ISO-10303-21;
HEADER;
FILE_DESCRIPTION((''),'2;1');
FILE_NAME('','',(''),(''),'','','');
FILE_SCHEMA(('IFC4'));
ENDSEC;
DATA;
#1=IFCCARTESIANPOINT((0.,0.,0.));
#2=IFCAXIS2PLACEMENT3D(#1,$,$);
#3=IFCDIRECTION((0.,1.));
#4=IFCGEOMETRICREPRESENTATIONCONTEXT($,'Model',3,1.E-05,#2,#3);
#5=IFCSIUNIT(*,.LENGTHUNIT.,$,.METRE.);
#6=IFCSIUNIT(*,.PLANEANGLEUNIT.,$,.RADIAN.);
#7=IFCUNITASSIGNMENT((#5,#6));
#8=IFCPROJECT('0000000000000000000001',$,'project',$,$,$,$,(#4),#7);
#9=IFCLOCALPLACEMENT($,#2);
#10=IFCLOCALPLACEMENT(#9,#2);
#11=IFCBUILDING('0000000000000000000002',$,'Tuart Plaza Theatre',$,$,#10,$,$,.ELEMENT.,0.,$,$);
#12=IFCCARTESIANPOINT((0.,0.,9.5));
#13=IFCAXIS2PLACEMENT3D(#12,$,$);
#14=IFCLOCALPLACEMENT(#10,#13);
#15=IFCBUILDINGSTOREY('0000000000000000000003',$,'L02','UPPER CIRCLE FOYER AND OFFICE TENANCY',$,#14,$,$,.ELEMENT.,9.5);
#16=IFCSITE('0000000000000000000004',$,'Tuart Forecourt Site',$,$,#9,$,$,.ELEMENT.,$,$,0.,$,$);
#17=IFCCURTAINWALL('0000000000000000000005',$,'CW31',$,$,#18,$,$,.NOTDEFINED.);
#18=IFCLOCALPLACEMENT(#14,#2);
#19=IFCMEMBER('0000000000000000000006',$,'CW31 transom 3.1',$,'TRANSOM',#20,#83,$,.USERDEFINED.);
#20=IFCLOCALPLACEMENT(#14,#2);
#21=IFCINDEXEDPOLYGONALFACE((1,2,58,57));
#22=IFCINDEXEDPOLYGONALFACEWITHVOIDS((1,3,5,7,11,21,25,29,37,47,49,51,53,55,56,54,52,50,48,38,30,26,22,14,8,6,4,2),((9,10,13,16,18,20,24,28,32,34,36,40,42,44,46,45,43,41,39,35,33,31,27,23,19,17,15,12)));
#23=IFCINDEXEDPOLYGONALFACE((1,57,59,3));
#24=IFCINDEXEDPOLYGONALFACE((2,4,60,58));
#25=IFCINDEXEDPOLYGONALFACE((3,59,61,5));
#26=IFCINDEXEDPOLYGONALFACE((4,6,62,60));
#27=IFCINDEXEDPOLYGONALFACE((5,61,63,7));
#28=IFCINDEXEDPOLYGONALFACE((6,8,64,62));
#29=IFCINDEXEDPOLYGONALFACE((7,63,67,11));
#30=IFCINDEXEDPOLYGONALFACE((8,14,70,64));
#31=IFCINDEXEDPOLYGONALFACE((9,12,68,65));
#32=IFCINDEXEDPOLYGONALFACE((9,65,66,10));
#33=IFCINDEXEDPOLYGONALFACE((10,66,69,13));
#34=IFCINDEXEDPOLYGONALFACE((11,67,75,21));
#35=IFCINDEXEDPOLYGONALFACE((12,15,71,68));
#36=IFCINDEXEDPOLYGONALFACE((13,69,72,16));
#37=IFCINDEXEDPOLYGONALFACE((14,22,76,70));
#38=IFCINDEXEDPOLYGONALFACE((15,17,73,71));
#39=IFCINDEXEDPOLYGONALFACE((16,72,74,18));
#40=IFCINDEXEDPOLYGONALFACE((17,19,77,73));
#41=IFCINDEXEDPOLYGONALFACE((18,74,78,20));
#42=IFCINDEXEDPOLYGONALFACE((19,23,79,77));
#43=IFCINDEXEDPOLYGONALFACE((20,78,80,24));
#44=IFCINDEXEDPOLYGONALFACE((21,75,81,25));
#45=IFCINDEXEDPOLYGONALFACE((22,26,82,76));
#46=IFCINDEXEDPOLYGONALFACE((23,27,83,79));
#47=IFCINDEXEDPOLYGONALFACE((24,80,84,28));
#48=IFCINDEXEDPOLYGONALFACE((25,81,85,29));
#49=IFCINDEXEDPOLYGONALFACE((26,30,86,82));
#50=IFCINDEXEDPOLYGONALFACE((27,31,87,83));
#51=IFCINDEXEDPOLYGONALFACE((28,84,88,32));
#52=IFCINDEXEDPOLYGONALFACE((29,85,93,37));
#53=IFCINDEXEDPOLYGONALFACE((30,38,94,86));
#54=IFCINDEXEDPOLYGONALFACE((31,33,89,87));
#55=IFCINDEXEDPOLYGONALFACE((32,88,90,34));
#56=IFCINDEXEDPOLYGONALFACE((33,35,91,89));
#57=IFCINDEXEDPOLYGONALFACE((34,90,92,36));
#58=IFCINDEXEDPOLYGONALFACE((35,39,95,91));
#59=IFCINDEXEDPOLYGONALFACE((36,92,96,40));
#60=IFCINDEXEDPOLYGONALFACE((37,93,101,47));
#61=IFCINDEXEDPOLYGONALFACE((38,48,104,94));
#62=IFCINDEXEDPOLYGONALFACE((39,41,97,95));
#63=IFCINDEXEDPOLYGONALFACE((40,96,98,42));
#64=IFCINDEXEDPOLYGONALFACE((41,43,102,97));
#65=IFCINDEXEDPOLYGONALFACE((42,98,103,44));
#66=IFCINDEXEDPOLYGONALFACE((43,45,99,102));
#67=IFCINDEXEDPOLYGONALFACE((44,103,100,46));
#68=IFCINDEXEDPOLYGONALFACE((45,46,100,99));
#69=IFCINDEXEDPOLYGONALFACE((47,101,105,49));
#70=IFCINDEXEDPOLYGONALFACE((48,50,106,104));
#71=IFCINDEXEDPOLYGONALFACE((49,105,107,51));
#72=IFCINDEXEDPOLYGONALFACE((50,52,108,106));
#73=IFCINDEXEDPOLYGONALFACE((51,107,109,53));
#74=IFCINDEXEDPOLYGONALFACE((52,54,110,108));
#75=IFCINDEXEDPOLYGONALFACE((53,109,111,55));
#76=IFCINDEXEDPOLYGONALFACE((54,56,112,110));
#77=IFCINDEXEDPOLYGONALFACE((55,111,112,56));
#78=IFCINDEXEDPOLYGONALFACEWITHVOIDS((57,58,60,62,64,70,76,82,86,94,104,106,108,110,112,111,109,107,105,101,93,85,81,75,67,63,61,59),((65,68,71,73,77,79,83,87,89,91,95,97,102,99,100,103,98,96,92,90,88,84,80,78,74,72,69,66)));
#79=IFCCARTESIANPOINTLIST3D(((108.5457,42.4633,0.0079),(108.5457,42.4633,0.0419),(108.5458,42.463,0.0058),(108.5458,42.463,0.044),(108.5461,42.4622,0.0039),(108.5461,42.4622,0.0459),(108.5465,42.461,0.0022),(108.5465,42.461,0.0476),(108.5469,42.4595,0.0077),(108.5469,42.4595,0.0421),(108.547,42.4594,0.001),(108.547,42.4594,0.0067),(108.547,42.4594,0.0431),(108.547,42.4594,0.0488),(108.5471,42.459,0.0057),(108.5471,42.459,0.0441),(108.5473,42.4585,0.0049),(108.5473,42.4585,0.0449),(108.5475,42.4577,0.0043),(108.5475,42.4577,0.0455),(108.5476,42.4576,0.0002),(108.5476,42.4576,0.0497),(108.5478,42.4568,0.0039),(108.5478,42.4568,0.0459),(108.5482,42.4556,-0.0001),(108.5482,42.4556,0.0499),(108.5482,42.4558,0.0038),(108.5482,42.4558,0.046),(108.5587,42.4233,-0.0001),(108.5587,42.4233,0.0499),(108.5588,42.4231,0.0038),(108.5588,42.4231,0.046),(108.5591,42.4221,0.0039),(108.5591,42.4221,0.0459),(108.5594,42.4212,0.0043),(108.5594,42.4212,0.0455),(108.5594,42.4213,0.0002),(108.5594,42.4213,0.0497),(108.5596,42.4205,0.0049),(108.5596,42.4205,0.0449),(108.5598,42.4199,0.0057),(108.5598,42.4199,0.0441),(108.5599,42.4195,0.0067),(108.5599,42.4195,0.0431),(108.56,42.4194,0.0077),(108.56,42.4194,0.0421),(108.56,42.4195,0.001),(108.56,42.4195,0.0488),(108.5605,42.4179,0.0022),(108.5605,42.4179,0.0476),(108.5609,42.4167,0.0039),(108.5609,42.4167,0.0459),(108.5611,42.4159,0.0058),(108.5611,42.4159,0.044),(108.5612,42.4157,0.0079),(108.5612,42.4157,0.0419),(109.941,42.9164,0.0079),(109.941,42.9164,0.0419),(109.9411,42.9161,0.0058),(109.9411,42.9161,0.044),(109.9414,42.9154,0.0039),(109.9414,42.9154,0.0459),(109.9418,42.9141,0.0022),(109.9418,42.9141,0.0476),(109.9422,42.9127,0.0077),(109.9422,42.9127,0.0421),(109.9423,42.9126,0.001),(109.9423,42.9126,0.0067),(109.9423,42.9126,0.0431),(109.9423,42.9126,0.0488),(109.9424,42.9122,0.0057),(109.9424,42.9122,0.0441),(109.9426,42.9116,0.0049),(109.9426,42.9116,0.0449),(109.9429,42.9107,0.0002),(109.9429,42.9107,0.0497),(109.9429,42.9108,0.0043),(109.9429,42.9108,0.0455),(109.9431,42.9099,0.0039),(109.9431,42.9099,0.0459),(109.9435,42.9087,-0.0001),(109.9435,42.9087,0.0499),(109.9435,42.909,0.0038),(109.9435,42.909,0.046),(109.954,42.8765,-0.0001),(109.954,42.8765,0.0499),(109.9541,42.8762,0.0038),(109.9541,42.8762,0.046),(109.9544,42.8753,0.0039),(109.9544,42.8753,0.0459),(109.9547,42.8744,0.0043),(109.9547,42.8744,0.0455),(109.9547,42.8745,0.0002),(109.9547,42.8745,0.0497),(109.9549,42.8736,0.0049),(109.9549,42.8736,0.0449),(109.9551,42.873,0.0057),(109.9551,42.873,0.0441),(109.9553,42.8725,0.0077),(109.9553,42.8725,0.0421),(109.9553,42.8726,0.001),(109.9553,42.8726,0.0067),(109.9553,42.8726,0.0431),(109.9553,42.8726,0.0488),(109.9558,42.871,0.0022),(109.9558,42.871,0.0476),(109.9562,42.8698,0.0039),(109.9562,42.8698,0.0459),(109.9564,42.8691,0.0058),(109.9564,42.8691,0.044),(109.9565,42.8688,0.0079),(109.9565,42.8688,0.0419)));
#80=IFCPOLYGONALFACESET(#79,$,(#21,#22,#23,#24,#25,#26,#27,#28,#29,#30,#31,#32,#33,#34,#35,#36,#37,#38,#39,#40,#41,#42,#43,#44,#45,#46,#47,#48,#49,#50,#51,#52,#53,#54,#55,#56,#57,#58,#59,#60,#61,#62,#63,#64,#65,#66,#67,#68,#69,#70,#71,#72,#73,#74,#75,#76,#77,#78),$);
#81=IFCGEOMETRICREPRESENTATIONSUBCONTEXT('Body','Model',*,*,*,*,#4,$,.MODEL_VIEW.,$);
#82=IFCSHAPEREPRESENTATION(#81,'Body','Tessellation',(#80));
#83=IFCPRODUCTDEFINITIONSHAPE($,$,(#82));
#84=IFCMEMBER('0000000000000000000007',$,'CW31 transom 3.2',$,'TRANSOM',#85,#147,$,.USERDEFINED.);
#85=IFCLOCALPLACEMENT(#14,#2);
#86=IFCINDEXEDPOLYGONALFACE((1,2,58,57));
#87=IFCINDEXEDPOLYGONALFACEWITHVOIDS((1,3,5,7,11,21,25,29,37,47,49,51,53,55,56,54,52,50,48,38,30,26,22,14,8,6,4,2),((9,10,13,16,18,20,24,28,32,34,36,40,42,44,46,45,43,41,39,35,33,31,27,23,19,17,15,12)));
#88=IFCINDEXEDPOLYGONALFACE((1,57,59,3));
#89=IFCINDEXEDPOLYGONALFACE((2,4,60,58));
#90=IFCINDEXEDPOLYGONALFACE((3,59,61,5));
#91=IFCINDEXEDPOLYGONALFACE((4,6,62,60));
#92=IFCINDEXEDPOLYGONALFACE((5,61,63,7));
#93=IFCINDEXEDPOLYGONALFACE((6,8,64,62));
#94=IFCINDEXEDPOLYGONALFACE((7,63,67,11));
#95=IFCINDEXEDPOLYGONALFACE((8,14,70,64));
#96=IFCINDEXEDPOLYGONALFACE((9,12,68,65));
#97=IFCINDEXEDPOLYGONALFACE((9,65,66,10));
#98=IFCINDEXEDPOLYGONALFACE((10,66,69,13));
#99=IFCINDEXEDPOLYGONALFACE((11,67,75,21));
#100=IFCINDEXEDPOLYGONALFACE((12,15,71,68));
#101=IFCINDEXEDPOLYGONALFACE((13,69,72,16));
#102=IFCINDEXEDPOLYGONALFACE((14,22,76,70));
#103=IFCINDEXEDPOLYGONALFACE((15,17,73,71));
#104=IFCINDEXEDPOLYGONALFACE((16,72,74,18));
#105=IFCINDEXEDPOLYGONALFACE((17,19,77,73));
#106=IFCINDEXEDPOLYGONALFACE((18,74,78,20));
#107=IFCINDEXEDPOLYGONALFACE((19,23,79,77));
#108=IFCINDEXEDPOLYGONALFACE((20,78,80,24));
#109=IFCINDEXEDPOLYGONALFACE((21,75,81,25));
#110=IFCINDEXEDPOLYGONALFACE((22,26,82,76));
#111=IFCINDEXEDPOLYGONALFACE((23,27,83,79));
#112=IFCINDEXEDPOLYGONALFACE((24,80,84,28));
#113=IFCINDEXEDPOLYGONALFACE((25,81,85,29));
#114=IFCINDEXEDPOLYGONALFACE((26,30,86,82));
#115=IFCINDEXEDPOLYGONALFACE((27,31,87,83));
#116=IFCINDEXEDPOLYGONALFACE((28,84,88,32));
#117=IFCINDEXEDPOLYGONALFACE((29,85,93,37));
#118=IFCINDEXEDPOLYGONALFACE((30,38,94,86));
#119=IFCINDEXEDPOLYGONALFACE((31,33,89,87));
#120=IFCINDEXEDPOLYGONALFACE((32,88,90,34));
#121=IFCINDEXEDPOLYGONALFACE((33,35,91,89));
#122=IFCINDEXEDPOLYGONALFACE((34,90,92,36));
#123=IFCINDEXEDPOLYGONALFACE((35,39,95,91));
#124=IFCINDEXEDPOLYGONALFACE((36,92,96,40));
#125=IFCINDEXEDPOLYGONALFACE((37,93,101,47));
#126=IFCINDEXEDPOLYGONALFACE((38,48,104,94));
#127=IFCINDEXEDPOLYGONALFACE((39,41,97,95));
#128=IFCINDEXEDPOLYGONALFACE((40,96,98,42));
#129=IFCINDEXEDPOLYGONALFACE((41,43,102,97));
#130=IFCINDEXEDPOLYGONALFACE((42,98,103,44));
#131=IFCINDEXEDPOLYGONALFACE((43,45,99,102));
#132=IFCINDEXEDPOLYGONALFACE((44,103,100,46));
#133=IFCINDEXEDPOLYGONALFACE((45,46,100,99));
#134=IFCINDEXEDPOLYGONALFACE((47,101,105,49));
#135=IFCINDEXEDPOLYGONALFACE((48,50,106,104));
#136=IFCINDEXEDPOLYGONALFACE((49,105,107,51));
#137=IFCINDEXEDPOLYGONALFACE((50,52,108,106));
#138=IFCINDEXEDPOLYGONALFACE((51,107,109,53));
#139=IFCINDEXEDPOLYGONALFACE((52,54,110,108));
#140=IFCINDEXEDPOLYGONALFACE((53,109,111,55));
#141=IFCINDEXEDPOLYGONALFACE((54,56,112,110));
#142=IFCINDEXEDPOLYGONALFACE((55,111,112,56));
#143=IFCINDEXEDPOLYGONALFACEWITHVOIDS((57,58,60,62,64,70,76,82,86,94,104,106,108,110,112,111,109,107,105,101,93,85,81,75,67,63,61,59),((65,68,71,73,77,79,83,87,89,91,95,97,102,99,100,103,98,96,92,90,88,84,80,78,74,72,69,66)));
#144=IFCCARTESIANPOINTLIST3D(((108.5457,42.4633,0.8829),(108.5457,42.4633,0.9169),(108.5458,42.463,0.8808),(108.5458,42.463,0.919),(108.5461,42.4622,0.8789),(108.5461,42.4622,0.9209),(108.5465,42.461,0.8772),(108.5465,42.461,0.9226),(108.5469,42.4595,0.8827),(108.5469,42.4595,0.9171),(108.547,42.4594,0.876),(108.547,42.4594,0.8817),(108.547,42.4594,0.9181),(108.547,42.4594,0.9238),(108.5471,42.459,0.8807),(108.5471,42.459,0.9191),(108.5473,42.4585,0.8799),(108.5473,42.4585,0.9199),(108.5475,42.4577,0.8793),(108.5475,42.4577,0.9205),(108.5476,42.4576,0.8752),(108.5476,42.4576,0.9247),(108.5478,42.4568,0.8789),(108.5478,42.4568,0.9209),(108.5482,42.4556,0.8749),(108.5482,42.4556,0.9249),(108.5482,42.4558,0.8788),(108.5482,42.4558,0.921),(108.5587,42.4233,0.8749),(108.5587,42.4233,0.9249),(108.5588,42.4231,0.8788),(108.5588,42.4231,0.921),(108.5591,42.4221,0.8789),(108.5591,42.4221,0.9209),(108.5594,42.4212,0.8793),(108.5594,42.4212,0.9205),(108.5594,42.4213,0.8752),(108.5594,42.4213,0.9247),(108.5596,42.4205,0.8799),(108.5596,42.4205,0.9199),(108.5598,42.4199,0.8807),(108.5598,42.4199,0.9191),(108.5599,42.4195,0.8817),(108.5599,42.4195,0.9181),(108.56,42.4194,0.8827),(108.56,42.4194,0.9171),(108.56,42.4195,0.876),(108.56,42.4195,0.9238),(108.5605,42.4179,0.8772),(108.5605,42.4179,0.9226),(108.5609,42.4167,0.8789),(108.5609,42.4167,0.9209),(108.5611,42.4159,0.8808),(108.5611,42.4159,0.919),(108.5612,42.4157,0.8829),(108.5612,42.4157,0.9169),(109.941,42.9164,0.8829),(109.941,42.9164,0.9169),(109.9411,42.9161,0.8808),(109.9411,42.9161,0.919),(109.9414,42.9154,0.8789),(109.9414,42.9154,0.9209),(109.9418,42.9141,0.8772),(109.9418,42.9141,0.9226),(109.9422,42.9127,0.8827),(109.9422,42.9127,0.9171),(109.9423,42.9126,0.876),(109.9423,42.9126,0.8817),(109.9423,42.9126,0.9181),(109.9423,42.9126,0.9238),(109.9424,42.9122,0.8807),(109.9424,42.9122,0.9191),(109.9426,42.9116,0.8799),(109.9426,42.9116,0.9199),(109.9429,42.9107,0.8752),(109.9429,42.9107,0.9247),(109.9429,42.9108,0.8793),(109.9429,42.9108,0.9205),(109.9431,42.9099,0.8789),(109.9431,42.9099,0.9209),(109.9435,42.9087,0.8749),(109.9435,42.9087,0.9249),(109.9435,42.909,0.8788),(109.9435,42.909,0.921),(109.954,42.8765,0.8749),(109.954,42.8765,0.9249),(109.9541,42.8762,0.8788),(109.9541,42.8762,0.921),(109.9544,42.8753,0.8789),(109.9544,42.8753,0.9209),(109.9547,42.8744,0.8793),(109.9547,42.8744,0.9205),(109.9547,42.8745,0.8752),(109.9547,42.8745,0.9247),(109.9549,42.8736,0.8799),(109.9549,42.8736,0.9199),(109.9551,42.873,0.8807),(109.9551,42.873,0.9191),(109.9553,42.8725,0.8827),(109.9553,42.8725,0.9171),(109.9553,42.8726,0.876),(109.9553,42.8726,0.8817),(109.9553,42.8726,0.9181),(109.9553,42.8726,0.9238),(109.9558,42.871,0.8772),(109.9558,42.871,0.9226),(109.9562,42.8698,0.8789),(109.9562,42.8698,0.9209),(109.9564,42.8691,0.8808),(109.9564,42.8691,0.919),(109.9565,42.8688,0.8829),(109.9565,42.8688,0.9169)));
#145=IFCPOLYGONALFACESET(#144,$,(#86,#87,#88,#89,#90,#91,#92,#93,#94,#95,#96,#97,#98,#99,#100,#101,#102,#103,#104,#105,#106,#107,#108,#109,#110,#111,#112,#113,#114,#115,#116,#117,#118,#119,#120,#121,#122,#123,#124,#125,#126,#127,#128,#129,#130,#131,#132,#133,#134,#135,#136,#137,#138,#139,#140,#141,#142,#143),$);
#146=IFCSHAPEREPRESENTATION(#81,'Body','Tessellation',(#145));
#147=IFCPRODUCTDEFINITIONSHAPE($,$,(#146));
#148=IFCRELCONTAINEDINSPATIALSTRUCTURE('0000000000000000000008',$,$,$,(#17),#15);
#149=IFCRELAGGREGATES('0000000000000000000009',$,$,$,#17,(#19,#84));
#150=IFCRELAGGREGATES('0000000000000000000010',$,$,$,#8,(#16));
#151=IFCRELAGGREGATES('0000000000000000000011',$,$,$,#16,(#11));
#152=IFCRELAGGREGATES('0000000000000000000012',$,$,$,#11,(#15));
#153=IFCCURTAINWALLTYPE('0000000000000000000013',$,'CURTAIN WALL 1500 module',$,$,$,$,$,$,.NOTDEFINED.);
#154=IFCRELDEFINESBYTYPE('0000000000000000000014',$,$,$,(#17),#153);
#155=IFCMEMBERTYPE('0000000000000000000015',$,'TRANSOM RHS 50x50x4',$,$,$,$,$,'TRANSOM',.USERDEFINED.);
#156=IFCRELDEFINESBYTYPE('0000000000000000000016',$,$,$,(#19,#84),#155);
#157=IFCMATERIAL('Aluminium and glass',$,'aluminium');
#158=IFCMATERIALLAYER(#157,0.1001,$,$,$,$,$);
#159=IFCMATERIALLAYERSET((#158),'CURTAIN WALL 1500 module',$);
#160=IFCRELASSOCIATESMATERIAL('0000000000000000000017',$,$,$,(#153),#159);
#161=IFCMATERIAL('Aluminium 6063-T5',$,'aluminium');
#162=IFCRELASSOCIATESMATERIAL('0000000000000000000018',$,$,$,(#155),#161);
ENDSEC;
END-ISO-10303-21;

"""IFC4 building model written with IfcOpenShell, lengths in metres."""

from ifc_helpers import new_model, si_unit, direction, frame, origin, origin_2d, place, context, subcontext, project, spatial, hollow_rectangle, extrude, material, layer, layer_set, material_profile, profile_set, type_object, element, aggregate, save


model = new_model("IFC4")

# Units and contexts
model_context = context("Model", 3, precision=1e-05, world=origin(), true_north=direction((0.0, 1.0)))
body_context = subcontext(model_context, "Body", "Model", "MODEL_VIEW")
ifc_project = project(units=[si_unit("LENGTHUNIT", "METRE"), si_unit("PLANEANGLEUNIT", "RADIAN")], contexts=[model_context])

# Site, building, storey
site_placement = place(None, origin())
site = spatial("IfcSite", under=ifc_project, at=site_placement, Name="Tuart Forecourt Site", CompositionType="ELEMENT", RefElevation=0.0)
building_placement = place(site_placement, origin())
building = spatial("IfcBuilding", under=site, at=building_placement, Name="Tuart Plaza Theatre", CompositionType="ELEMENT", ElevationOfRefHeight=0.0)
storey_placement = place(building_placement, frame((0.0, 0.0, 9.5)))
storey = spatial("IfcBuildingStorey", under=building, at=storey_placement, Name="L02", Description="UPPER CIRCLE FOYER AND OFFICE TENANCY", CompositionType="ELEMENT", Elevation=9.5)

# Curtain wall, members
ifc_material_1 = material(Name="Aluminium and glass", Category="aluminium")
ifc_layer_1 = layer(ifc_material_1, 0.1001)
ifc_layer_set_1 = layer_set([ifc_layer_1], Name="CURTAIN WALL 1500 module")
curtain_wall_type = type_object("IfcCurtainWallType", Name="CURTAIN WALL 1500 module", PredefinedType="NOTDEFINED", material=ifc_layer_set_1)
curtain_wall_1_placement = place(storey_placement, origin())
curtain_wall_1 = element("IfcCurtainWall", 1, at=curtain_wall_1_placement, inside=storey, type_object=curtain_wall_type, Name="CW31", PredefinedType="NOTDEFINED")
ifc_material_2 = material(Name="Aluminium 6063-T5", Category="aluminium")
ifc_material_profile_1 = material_profile(ifc_material_2, hollow_rectangle(XDim=0.05, YDim=0.05, WallThickness=0.0039, InnerFilletRadius=0.0039, OuterFilletRadius=0.0081, at=origin_2d()), Name="RHS 50x50x4")
ifc_profile_set_1 = profile_set([ifc_material_profile_1], Name="Aluminium 6063-T5")
member_type_1 = type_object("IfcMemberType", Name="TRANSOM RHS 50x50x4", ElementType="TRANSOM", PredefinedType="USERDEFINED", material=ifc_profile_set_1)
member_1_placement = place(storey_placement, frame((108.5535, 42.4395, 0.0249), z_axis=(0.951101, 0.308879, 0.0), x_axis=(-0.308879, 0.951101, 0.0)))
member_1 = element("IfcMember", 2, at=member_1_placement, type_object=member_type_1, Name="CW31 transom 3.1", ObjectType="TRANSOM", PredefinedType="USERDEFINED", context=body_context, shape_type="SweptSolid", body=[
    extrude(hollow_rectangle(XDim=0.05, YDim=0.05, WallThickness=0.0039, InnerFilletRadius=0.0039, OuterFilletRadius=0.0081, at=origin_2d()), origin(), (0.0, 0.0, 1.0), 1.467),
])
member_2_placement = place(storey_placement, frame((108.5535, 42.4395, 0.8999), z_axis=(0.951101, 0.308879, 0.0), x_axis=(-0.308879, 0.951101, 0.0)))
member_2 = element("IfcMember", 3, at=member_2_placement, type_object=member_type_1, Name="CW31 transom 3.2", ObjectType="TRANSOM", PredefinedType="USERDEFINED", context=body_context, shape_type="SweptSolid", body=[
    extrude(hollow_rectangle(XDim=0.05, YDim=0.05, WallThickness=0.0039, InnerFilletRadius=0.0039, OuterFilletRadius=0.0081, at=origin_2d()), origin(), (0.0, 0.0, 1.0), 1.467),
])

aggregate(curtain_wall_1, [member_1, member_2])

save(model, "model.ifc")
